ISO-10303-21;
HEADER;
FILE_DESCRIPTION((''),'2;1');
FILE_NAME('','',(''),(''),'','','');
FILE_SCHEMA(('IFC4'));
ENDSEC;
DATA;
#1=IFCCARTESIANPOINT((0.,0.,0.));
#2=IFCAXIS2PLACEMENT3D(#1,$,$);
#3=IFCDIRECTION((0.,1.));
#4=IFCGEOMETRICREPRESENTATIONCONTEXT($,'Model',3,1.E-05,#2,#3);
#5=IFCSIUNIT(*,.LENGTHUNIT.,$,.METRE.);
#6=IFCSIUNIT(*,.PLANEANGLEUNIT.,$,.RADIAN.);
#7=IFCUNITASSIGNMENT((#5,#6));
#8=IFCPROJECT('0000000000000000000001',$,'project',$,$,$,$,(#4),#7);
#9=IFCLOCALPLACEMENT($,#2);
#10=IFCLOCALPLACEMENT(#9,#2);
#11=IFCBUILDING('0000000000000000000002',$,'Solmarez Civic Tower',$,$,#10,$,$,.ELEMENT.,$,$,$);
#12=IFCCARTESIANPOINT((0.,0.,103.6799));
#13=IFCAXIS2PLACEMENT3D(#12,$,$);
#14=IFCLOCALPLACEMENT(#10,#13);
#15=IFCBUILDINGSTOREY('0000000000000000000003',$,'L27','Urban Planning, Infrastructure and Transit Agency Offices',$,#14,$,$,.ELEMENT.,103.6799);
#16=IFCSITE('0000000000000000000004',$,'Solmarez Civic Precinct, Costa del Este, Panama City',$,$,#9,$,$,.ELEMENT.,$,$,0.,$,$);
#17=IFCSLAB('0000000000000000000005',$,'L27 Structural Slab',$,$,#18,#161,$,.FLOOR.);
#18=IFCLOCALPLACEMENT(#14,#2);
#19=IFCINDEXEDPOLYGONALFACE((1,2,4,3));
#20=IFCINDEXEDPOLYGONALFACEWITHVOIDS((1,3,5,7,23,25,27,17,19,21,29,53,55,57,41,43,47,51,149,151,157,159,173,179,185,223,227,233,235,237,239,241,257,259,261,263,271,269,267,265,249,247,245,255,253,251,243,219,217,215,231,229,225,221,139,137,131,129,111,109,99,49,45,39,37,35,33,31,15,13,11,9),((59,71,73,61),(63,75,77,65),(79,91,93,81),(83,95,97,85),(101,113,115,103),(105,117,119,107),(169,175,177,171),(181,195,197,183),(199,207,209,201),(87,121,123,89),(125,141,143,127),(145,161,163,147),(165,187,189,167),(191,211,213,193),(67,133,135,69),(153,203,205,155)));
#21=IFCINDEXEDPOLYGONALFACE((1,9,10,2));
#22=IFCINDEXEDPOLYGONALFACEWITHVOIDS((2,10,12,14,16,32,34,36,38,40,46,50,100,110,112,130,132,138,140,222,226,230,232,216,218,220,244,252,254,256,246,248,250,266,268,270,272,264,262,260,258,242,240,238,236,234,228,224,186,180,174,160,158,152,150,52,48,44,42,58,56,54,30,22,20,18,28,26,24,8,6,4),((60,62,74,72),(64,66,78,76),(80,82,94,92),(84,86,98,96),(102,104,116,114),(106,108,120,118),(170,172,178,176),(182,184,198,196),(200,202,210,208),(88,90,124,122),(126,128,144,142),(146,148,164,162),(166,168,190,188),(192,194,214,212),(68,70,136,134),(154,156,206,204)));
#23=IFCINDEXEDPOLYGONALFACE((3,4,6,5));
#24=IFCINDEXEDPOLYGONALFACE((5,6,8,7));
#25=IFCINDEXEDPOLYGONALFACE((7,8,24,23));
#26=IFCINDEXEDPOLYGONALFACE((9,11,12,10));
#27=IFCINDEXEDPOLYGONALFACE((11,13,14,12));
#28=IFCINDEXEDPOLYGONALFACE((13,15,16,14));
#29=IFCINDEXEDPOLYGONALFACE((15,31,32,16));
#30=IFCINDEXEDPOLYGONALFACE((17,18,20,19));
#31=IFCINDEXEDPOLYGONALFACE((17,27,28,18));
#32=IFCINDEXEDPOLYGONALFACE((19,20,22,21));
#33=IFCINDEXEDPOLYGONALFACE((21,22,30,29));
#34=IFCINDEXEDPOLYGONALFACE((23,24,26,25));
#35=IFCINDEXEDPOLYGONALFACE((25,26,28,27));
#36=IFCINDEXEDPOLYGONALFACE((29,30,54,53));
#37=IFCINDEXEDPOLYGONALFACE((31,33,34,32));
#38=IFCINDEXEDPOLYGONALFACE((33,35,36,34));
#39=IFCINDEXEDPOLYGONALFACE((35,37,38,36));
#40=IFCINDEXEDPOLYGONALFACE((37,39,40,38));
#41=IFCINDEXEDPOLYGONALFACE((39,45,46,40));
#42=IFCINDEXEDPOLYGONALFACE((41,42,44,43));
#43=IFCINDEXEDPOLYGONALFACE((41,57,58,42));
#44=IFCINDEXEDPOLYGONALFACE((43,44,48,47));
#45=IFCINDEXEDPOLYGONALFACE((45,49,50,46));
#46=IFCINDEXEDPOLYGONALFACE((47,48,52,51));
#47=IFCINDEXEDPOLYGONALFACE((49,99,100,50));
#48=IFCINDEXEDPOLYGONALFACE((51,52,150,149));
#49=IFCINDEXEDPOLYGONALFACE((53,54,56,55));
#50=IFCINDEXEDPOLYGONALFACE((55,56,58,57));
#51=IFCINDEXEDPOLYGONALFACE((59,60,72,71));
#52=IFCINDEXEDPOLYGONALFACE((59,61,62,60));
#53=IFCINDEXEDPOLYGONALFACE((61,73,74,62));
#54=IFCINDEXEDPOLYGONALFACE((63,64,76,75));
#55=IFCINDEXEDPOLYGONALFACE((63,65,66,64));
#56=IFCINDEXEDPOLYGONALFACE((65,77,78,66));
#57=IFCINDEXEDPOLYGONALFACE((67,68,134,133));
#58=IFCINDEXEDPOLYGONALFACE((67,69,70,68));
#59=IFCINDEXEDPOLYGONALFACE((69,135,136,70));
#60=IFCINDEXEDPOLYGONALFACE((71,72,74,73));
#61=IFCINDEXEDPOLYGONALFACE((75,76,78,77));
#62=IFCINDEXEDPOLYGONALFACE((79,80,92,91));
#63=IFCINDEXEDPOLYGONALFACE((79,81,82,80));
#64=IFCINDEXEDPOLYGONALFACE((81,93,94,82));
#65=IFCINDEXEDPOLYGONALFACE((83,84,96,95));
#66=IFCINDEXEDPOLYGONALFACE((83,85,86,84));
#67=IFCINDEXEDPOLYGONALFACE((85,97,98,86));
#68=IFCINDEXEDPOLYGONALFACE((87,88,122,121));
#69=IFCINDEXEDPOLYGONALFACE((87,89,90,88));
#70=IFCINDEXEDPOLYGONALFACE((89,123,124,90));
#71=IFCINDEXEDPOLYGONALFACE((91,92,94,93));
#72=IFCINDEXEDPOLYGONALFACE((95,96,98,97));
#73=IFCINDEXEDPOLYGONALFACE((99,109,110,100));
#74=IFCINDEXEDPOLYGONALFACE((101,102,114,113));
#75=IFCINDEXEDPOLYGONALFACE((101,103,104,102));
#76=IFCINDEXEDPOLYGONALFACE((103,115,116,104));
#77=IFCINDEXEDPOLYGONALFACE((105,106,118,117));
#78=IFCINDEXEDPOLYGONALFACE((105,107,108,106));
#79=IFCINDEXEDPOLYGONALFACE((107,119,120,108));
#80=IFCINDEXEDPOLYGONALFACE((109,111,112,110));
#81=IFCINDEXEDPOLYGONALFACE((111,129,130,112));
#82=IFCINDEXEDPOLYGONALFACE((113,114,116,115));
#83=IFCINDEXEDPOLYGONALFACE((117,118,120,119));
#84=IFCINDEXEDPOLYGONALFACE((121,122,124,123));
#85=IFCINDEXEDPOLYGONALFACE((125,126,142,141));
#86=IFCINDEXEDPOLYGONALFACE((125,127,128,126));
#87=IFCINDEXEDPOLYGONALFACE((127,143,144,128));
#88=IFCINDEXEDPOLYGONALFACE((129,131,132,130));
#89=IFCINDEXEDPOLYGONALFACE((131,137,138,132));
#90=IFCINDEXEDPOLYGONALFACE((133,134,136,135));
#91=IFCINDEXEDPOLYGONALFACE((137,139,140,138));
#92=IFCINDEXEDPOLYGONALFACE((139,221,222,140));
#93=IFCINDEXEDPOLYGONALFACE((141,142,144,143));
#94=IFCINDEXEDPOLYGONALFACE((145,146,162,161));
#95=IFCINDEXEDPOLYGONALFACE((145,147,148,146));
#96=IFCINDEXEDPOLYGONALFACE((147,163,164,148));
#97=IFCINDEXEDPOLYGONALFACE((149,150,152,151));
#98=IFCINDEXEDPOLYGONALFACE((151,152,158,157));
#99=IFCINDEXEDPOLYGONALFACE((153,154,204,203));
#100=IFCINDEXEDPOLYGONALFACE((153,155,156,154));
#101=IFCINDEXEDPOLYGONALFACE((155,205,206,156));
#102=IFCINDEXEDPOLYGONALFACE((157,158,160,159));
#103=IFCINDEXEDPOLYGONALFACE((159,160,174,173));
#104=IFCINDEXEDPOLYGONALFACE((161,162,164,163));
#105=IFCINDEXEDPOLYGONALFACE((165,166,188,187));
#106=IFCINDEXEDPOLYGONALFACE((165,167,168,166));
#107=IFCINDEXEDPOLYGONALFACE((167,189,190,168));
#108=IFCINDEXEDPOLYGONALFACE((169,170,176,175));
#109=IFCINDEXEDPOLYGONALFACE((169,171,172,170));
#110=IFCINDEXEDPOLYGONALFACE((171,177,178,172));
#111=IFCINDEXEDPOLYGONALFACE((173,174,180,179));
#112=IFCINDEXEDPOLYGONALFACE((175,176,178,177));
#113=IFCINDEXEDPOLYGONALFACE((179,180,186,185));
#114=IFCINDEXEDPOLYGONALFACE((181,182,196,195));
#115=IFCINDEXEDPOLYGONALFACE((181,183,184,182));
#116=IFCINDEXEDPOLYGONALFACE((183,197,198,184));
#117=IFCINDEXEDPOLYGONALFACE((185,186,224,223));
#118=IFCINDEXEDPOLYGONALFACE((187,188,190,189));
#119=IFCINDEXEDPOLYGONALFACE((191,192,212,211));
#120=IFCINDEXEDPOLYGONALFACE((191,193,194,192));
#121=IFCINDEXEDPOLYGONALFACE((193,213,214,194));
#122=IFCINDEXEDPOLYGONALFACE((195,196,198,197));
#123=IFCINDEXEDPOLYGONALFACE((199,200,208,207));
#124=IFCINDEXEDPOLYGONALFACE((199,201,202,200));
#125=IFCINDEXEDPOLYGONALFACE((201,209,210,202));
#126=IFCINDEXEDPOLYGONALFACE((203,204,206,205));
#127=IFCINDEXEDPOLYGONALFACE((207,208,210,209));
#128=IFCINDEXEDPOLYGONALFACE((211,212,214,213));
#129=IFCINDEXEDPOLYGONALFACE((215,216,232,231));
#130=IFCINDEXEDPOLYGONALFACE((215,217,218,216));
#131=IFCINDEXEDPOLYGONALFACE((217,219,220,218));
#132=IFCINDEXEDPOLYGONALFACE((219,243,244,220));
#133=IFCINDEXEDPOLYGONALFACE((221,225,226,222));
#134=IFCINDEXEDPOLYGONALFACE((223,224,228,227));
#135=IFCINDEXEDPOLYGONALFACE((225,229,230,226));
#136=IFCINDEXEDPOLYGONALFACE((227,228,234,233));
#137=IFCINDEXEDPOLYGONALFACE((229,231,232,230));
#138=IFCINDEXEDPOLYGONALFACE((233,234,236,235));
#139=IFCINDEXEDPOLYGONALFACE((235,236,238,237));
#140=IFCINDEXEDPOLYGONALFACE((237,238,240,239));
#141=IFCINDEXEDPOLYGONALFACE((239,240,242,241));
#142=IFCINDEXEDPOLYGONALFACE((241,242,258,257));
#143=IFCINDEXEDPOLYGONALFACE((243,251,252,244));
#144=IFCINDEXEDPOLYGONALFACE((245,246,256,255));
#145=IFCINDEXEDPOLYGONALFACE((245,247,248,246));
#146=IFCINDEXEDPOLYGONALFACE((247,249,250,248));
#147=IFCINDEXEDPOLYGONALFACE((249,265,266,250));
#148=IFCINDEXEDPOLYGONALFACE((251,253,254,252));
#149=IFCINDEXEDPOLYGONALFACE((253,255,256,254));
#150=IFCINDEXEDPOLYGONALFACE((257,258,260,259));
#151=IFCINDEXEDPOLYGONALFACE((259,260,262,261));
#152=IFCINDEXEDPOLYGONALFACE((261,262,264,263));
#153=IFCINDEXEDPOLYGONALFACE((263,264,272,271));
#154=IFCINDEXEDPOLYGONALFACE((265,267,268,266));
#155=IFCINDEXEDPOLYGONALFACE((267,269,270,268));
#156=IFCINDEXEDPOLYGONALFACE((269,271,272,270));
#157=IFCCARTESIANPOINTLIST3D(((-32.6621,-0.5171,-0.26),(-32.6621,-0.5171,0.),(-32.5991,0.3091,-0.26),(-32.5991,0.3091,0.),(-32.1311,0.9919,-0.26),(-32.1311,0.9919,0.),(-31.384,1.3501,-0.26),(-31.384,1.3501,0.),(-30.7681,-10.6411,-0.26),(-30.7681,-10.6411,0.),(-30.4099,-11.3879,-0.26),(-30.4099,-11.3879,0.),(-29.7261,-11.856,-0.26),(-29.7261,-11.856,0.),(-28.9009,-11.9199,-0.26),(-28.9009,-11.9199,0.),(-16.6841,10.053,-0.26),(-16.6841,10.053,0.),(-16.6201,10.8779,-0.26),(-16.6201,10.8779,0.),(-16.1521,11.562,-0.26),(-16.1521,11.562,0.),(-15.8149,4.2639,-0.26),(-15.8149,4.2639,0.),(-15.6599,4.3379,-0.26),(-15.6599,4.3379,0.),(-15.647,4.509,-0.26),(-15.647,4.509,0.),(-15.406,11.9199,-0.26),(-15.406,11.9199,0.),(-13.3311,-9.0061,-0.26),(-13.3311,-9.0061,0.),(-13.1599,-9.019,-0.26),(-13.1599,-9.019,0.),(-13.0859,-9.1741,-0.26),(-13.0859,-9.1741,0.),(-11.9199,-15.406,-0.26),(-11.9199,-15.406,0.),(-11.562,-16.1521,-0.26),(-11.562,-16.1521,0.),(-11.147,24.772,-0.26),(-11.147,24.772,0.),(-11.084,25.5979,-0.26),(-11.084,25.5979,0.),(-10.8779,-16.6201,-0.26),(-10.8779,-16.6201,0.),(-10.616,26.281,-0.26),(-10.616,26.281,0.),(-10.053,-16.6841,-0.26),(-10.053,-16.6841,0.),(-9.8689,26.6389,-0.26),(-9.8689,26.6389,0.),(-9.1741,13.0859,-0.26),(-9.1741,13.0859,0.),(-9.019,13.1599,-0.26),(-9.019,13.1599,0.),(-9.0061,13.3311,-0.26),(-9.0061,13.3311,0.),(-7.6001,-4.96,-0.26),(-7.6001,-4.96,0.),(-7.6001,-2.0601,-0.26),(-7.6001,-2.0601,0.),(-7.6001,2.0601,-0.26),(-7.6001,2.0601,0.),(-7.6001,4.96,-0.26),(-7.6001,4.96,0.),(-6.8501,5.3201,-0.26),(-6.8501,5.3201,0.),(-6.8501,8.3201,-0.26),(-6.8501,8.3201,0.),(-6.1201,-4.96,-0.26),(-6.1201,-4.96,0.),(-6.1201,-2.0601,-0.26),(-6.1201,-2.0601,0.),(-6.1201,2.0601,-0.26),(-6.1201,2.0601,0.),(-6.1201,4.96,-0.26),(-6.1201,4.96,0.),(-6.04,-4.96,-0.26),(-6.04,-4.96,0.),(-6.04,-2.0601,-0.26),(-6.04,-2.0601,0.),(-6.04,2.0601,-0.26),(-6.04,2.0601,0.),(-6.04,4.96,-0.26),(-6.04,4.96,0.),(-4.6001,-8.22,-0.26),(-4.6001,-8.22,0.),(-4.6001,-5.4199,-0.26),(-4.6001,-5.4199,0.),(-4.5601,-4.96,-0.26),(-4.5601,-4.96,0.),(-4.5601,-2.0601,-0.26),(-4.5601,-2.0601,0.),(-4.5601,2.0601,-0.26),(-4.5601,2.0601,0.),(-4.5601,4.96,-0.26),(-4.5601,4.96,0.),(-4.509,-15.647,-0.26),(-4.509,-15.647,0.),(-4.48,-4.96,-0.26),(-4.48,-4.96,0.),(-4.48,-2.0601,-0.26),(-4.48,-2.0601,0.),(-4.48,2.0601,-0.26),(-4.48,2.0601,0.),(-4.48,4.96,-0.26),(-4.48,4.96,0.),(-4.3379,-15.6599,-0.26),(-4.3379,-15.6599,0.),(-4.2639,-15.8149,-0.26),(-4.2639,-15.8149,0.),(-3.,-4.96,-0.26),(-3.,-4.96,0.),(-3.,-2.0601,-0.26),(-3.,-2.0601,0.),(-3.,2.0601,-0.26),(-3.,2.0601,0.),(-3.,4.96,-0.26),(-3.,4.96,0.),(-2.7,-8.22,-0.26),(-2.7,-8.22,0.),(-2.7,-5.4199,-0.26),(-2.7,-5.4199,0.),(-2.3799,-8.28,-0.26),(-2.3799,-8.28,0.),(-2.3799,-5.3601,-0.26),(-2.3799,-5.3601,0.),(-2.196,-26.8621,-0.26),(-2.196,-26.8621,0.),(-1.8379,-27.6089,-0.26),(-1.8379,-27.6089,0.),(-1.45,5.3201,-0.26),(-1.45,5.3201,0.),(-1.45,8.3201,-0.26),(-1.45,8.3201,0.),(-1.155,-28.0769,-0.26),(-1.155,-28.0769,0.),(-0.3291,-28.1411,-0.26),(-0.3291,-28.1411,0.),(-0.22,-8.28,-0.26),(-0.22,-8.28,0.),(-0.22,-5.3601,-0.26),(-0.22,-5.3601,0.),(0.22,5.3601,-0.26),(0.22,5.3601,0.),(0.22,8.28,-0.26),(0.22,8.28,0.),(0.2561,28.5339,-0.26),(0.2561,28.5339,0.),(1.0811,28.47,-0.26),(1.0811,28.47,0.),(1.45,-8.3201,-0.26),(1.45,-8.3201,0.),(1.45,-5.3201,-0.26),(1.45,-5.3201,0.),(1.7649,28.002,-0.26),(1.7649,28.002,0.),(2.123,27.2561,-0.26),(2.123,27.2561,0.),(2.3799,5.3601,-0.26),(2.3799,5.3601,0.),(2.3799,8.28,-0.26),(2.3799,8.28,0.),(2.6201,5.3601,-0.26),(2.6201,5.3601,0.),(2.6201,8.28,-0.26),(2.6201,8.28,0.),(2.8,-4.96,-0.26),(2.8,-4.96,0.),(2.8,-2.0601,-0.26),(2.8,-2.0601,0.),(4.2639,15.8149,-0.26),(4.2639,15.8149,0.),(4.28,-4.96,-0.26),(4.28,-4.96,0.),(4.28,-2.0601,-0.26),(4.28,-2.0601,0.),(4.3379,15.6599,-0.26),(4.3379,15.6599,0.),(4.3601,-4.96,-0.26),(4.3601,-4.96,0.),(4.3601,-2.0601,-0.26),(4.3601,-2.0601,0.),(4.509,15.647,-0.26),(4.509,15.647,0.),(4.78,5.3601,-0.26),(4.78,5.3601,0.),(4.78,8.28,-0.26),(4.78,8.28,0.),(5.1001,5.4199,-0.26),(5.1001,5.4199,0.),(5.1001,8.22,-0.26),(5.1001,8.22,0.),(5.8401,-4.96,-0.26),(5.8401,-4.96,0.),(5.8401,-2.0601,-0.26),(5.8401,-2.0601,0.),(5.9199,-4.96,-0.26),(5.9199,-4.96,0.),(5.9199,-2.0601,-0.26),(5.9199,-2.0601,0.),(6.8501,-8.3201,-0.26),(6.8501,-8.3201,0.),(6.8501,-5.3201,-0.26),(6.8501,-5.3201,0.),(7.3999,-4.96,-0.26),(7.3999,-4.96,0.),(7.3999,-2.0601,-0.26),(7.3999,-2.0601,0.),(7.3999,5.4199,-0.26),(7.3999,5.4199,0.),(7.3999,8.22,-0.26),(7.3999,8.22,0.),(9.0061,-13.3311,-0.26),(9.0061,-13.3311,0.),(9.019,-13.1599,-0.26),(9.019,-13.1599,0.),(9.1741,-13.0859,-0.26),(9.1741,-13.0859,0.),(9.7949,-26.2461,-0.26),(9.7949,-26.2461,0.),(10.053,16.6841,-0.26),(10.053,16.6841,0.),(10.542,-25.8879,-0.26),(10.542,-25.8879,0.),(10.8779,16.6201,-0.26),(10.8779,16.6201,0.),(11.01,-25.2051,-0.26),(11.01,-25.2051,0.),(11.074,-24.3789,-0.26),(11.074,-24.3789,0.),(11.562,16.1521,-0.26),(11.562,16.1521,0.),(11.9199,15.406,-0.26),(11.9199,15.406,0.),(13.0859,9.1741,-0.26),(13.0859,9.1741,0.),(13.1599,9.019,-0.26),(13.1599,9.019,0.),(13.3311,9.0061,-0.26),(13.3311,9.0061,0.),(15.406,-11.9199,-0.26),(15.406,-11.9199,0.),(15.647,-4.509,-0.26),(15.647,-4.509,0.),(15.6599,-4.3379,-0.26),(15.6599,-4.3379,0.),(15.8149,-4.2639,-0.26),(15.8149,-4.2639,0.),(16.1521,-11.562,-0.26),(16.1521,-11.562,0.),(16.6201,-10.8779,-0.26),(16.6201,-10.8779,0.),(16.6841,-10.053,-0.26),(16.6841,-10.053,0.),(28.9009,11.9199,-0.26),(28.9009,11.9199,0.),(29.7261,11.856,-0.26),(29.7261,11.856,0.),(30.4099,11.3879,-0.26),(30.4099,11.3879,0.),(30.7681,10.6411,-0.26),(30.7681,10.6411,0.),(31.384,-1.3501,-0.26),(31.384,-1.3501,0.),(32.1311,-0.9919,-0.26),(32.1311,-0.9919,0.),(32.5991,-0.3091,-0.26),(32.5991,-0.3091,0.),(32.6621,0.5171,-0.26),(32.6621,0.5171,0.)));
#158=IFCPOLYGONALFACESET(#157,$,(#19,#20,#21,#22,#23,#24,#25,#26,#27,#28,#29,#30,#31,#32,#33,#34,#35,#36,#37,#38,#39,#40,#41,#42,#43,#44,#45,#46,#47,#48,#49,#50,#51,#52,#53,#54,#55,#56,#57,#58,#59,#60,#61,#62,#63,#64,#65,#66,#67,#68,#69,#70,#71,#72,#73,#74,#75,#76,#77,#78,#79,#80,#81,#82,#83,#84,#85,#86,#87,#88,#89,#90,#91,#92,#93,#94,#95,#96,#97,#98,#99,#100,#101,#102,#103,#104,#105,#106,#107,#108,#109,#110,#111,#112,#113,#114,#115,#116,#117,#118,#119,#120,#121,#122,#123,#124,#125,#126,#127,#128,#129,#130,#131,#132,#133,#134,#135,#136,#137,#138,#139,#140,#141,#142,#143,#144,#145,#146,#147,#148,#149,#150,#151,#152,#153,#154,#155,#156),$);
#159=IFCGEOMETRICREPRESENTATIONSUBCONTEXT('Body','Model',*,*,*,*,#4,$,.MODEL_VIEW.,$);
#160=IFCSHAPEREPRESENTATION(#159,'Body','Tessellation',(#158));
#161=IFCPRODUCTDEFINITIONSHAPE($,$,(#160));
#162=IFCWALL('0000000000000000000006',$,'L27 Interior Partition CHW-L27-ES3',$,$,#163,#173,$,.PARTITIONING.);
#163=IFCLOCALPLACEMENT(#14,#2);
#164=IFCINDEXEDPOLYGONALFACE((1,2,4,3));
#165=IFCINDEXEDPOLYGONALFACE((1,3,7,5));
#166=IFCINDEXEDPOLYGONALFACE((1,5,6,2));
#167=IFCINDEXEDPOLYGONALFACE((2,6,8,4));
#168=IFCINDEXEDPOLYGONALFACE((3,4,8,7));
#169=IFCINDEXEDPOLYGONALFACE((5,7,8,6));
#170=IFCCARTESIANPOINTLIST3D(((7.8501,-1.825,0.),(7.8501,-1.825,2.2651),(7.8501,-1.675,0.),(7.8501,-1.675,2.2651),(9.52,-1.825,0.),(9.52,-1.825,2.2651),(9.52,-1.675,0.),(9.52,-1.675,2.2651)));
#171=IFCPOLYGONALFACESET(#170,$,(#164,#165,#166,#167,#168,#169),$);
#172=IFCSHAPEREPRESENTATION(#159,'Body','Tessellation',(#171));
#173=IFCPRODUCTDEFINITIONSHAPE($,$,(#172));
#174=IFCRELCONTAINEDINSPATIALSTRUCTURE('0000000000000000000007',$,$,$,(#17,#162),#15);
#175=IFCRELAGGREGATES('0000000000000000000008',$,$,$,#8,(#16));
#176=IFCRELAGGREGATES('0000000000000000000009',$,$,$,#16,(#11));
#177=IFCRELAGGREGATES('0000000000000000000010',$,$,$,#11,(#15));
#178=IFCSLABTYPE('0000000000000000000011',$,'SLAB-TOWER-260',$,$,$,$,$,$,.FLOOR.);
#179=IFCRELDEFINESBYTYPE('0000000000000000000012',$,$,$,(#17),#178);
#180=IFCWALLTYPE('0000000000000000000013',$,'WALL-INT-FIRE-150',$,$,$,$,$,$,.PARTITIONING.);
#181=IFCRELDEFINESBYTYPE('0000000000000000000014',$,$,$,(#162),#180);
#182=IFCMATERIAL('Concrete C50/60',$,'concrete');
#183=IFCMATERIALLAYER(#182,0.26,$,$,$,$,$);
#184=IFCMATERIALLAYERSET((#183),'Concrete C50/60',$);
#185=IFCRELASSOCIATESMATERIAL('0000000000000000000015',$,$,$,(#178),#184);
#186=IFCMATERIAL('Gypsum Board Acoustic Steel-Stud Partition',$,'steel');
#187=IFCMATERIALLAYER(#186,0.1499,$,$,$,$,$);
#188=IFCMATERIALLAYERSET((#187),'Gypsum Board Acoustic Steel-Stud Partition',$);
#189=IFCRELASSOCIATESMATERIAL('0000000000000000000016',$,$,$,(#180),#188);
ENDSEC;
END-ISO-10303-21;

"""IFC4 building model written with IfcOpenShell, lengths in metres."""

from ifc_helpers import new_model, si_unit, direction, frame, frame_2d, origin, place, context, subcontext, project, spatial, polyline, rectangle, outline, extrude, material, layer, layer_set, type_object, element, save


model = new_model("IFC4")

# Units and contexts
model_context = context("Model", 3, precision=1e-05, world=origin(), true_north=direction((0.0, 1.0)))
body_context = subcontext(model_context, "Body", "Model", "MODEL_VIEW")
ifc_project = project(units=[si_unit("LENGTHUNIT", "METRE"), si_unit("PLANEANGLEUNIT", "RADIAN")], contexts=[model_context])

# Site, building, storey
site_placement = place(None, origin())
site = spatial("IfcSite", under=ifc_project, at=site_placement, Name="Solmarez Civic Precinct, Costa del Este, Panama City", CompositionType="ELEMENT", RefElevation=0.0)
building_placement = place(site_placement, origin())
building = spatial("IfcBuilding", under=site, at=building_placement, Name="Solmarez Civic Tower", CompositionType="ELEMENT")
storey_placement = place(building_placement, frame((0.0, 0.0, 103.6799)))
storey = spatial("IfcBuildingStorey", under=building, at=storey_placement, Name="L27", Description="Urban Planning, Infrastructure and Transit Agency Offices", CompositionType="ELEMENT", Elevation=103.6799)

# Shared definitions
ifc_material_1 = material(Name="Concrete C50/60", Category="concrete")

# Slab
ifc_layer_1 = layer(ifc_material_1, 0.26)
ifc_layer_set_1 = layer_set([ifc_layer_1], Name="Concrete C50/60")
slab_type_1 = type_object("IfcSlabType", Name="SLAB-TOWER-260", PredefinedType="FLOOR", material=ifc_layer_set_1)
slab_1_placement = place(storey_placement, frame((0.0, 0.0, -0.26)))
element("IfcSlab", 1, at=slab_1_placement, inside=storey, type_object=slab_type_1, Name="L27 Structural Slab", PredefinedType="FLOOR", context=body_context, shape_type="SweptSolid", body=[
    extrude(outline(polyline([(-13.0859, -9.1741), (-11.9199, -15.406), (-11.562, -16.1521), (-10.8779, -16.6201), (-10.053, -16.6841), (-4.509, -15.647), (-4.3379, -15.6599), (-4.2639, -15.8149), (-2.196, -26.8621), (-1.8379, -27.6089), (-1.155, -28.0769), (-0.3291, -28.1411), (9.7949, -26.2461), (10.542, -25.8879), (11.01, -25.2051), (11.074, -24.3789), (9.0061, -13.3311), (9.019, -13.1599), (9.1741, -13.0859), (15.406, -11.9199), (16.1521, -11.562), (16.6201, -10.8779), (16.6841, -10.053), (15.647, -4.509), (15.6599, -4.3379), (15.8149, -4.2639), (31.384, -1.3501), (32.1311, -0.9919), (32.5991, -0.3091), (32.6621, 0.5171), (30.7681, 10.6411), (30.4099, 11.3879), (29.7261, 11.856), (28.9009, 11.9199), (13.3311, 9.0061), (13.1599, 9.019), (13.0859, 9.1741), (11.9199, 15.406), (11.562, 16.1521), (10.8779, 16.6201), (10.053, 16.6841), (4.509, 15.647), (4.3379, 15.6599), (4.2639, 15.8149), (2.123, 27.2561), (1.7649, 28.002), (1.0811, 28.47), (0.2561, 28.5339), (-9.8689, 26.6389), (-10.616, 26.281), (-11.084, 25.5979), (-11.147, 24.772), (-9.0061, 13.3311), (-9.019, 13.1599), (-9.1741, 13.0859), (-15.406, 11.9199), (-16.1521, 11.562), (-16.6201, 10.8779), (-16.6841, 10.053), (-15.647, 4.509), (-15.6599, 4.3379), (-15.8149, 4.2639), (-31.384, 1.3501), (-32.1311, 0.9919), (-32.5991, 0.3091), (-32.6621, -0.5171), (-30.7681, -10.6411), (-30.4099, -11.3879), (-29.7261, -11.856), (-28.9009, -11.9199), (-13.3311, -9.0061), (-13.1599, -9.019), (-13.0859, -9.1741)]), holes=[polyline([(-1.45, 8.3201), (-6.8501, 8.3201), (-6.8501, 5.3201), (-1.45, 5.3201), (-1.45, 8.3201)]), polyline([(1.45, -8.3201), (6.8501, -8.3201), (6.8501, -5.3201), (1.45, -5.3201), (1.45, -8.3201)]), polyline([(0.22, 5.3601), (2.3799, 5.3601), (2.3799, 8.28), (0.22, 8.28), (0.22, 5.3601)]), polyline([(2.6201, 5.3601), (4.78, 5.3601), (4.78, 8.28), (2.6201, 8.28), (2.6201, 5.3601)]), polyline([(-2.3799, -8.28), (-0.22, -8.28), (-0.22, -5.3601), (-2.3799, -5.3601), (-2.3799, -8.28)]), polyline([(2.8, -4.96), (4.28, -4.96), (4.28, -2.0601), (2.8, -2.0601), (2.8, -4.96)]), polyline([(4.3601, -4.96), (5.8401, -4.96), (5.8401, -2.0601), (4.3601, -2.0601), (4.3601, -4.96)]), polyline([(5.9199, -4.96), (7.3999, -4.96), (7.3999, -2.0601), (5.9199, -2.0601), (5.9199, -4.96)]), polyline([(-7.6001, -4.96), (-6.1201, -4.96), (-6.1201, -2.0601), (-7.6001, -2.0601), (-7.6001, -4.96)]), polyline([(-6.04, -4.96), (-4.5601, -4.96), (-4.5601, -2.0601), (-6.04, -2.0601), (-6.04, -4.96)]), polyline([(-4.48, -4.96), (-3.0, -4.96), (-3.0, -2.0601), (-4.48, -2.0601), (-4.48, -4.96)]), polyline([(-7.6001, 2.0601), (-6.1201, 2.0601), (-6.1201, 4.96), (-7.6001, 4.96), (-7.6001, 2.0601)]), polyline([(-6.04, 2.0601), (-4.5601, 2.0601), (-4.5601, 4.96), (-6.04, 4.96), (-6.04, 2.0601)]), polyline([(-4.48, 2.0601), (-3.0, 2.0601), (-3.0, 4.96), (-4.48, 4.96), (-4.48, 2.0601)]), polyline([(5.1001, 5.4199), (7.3999, 5.4199), (7.3999, 8.22), (5.1001, 8.22), (5.1001, 5.4199)]), polyline([(-4.6001, -8.22), (-2.7, -8.22), (-2.7, -5.4199), (-4.6001, -5.4199), (-4.6001, -8.22)])]), origin(), (0.0, 0.0, 1.0), 0.26),
])

# Wall
ifc_material_2 = material(Name="Gypsum Board Acoustic Steel-Stud Partition", Category="steel")
ifc_layer_2 = layer(ifc_material_2, 0.1499)
ifc_layer_set_2 = layer_set([ifc_layer_2], Name="Gypsum Board Acoustic Steel-Stud Partition")
wall_type_1 = type_object("IfcWallType", Name="WALL-INT-FIRE-150", PredefinedType="PARTITIONING", material=ifc_layer_set_2)
wall_1_placement = place(storey_placement, frame((7.8501, -1.75, 0.0), z_axis=(0.0, 0.0, 1.0), x_axis=(1.0, 0.0, 0.0)))
element("IfcWall", 2, at=wall_1_placement, inside=storey, type_object=wall_type_1, Name="L27 Interior Partition CHW-L27-ES3", PredefinedType="PARTITIONING", context=body_context, shape_type="SweptSolid", body=[
    extrude(rectangle(XDim=1.6699, YDim=0.1499, at=frame_2d((0.835, 0.0))), origin(), (0.0, 0.0, 1.0), 2.2651),
])

save(model, "model.ifc")
